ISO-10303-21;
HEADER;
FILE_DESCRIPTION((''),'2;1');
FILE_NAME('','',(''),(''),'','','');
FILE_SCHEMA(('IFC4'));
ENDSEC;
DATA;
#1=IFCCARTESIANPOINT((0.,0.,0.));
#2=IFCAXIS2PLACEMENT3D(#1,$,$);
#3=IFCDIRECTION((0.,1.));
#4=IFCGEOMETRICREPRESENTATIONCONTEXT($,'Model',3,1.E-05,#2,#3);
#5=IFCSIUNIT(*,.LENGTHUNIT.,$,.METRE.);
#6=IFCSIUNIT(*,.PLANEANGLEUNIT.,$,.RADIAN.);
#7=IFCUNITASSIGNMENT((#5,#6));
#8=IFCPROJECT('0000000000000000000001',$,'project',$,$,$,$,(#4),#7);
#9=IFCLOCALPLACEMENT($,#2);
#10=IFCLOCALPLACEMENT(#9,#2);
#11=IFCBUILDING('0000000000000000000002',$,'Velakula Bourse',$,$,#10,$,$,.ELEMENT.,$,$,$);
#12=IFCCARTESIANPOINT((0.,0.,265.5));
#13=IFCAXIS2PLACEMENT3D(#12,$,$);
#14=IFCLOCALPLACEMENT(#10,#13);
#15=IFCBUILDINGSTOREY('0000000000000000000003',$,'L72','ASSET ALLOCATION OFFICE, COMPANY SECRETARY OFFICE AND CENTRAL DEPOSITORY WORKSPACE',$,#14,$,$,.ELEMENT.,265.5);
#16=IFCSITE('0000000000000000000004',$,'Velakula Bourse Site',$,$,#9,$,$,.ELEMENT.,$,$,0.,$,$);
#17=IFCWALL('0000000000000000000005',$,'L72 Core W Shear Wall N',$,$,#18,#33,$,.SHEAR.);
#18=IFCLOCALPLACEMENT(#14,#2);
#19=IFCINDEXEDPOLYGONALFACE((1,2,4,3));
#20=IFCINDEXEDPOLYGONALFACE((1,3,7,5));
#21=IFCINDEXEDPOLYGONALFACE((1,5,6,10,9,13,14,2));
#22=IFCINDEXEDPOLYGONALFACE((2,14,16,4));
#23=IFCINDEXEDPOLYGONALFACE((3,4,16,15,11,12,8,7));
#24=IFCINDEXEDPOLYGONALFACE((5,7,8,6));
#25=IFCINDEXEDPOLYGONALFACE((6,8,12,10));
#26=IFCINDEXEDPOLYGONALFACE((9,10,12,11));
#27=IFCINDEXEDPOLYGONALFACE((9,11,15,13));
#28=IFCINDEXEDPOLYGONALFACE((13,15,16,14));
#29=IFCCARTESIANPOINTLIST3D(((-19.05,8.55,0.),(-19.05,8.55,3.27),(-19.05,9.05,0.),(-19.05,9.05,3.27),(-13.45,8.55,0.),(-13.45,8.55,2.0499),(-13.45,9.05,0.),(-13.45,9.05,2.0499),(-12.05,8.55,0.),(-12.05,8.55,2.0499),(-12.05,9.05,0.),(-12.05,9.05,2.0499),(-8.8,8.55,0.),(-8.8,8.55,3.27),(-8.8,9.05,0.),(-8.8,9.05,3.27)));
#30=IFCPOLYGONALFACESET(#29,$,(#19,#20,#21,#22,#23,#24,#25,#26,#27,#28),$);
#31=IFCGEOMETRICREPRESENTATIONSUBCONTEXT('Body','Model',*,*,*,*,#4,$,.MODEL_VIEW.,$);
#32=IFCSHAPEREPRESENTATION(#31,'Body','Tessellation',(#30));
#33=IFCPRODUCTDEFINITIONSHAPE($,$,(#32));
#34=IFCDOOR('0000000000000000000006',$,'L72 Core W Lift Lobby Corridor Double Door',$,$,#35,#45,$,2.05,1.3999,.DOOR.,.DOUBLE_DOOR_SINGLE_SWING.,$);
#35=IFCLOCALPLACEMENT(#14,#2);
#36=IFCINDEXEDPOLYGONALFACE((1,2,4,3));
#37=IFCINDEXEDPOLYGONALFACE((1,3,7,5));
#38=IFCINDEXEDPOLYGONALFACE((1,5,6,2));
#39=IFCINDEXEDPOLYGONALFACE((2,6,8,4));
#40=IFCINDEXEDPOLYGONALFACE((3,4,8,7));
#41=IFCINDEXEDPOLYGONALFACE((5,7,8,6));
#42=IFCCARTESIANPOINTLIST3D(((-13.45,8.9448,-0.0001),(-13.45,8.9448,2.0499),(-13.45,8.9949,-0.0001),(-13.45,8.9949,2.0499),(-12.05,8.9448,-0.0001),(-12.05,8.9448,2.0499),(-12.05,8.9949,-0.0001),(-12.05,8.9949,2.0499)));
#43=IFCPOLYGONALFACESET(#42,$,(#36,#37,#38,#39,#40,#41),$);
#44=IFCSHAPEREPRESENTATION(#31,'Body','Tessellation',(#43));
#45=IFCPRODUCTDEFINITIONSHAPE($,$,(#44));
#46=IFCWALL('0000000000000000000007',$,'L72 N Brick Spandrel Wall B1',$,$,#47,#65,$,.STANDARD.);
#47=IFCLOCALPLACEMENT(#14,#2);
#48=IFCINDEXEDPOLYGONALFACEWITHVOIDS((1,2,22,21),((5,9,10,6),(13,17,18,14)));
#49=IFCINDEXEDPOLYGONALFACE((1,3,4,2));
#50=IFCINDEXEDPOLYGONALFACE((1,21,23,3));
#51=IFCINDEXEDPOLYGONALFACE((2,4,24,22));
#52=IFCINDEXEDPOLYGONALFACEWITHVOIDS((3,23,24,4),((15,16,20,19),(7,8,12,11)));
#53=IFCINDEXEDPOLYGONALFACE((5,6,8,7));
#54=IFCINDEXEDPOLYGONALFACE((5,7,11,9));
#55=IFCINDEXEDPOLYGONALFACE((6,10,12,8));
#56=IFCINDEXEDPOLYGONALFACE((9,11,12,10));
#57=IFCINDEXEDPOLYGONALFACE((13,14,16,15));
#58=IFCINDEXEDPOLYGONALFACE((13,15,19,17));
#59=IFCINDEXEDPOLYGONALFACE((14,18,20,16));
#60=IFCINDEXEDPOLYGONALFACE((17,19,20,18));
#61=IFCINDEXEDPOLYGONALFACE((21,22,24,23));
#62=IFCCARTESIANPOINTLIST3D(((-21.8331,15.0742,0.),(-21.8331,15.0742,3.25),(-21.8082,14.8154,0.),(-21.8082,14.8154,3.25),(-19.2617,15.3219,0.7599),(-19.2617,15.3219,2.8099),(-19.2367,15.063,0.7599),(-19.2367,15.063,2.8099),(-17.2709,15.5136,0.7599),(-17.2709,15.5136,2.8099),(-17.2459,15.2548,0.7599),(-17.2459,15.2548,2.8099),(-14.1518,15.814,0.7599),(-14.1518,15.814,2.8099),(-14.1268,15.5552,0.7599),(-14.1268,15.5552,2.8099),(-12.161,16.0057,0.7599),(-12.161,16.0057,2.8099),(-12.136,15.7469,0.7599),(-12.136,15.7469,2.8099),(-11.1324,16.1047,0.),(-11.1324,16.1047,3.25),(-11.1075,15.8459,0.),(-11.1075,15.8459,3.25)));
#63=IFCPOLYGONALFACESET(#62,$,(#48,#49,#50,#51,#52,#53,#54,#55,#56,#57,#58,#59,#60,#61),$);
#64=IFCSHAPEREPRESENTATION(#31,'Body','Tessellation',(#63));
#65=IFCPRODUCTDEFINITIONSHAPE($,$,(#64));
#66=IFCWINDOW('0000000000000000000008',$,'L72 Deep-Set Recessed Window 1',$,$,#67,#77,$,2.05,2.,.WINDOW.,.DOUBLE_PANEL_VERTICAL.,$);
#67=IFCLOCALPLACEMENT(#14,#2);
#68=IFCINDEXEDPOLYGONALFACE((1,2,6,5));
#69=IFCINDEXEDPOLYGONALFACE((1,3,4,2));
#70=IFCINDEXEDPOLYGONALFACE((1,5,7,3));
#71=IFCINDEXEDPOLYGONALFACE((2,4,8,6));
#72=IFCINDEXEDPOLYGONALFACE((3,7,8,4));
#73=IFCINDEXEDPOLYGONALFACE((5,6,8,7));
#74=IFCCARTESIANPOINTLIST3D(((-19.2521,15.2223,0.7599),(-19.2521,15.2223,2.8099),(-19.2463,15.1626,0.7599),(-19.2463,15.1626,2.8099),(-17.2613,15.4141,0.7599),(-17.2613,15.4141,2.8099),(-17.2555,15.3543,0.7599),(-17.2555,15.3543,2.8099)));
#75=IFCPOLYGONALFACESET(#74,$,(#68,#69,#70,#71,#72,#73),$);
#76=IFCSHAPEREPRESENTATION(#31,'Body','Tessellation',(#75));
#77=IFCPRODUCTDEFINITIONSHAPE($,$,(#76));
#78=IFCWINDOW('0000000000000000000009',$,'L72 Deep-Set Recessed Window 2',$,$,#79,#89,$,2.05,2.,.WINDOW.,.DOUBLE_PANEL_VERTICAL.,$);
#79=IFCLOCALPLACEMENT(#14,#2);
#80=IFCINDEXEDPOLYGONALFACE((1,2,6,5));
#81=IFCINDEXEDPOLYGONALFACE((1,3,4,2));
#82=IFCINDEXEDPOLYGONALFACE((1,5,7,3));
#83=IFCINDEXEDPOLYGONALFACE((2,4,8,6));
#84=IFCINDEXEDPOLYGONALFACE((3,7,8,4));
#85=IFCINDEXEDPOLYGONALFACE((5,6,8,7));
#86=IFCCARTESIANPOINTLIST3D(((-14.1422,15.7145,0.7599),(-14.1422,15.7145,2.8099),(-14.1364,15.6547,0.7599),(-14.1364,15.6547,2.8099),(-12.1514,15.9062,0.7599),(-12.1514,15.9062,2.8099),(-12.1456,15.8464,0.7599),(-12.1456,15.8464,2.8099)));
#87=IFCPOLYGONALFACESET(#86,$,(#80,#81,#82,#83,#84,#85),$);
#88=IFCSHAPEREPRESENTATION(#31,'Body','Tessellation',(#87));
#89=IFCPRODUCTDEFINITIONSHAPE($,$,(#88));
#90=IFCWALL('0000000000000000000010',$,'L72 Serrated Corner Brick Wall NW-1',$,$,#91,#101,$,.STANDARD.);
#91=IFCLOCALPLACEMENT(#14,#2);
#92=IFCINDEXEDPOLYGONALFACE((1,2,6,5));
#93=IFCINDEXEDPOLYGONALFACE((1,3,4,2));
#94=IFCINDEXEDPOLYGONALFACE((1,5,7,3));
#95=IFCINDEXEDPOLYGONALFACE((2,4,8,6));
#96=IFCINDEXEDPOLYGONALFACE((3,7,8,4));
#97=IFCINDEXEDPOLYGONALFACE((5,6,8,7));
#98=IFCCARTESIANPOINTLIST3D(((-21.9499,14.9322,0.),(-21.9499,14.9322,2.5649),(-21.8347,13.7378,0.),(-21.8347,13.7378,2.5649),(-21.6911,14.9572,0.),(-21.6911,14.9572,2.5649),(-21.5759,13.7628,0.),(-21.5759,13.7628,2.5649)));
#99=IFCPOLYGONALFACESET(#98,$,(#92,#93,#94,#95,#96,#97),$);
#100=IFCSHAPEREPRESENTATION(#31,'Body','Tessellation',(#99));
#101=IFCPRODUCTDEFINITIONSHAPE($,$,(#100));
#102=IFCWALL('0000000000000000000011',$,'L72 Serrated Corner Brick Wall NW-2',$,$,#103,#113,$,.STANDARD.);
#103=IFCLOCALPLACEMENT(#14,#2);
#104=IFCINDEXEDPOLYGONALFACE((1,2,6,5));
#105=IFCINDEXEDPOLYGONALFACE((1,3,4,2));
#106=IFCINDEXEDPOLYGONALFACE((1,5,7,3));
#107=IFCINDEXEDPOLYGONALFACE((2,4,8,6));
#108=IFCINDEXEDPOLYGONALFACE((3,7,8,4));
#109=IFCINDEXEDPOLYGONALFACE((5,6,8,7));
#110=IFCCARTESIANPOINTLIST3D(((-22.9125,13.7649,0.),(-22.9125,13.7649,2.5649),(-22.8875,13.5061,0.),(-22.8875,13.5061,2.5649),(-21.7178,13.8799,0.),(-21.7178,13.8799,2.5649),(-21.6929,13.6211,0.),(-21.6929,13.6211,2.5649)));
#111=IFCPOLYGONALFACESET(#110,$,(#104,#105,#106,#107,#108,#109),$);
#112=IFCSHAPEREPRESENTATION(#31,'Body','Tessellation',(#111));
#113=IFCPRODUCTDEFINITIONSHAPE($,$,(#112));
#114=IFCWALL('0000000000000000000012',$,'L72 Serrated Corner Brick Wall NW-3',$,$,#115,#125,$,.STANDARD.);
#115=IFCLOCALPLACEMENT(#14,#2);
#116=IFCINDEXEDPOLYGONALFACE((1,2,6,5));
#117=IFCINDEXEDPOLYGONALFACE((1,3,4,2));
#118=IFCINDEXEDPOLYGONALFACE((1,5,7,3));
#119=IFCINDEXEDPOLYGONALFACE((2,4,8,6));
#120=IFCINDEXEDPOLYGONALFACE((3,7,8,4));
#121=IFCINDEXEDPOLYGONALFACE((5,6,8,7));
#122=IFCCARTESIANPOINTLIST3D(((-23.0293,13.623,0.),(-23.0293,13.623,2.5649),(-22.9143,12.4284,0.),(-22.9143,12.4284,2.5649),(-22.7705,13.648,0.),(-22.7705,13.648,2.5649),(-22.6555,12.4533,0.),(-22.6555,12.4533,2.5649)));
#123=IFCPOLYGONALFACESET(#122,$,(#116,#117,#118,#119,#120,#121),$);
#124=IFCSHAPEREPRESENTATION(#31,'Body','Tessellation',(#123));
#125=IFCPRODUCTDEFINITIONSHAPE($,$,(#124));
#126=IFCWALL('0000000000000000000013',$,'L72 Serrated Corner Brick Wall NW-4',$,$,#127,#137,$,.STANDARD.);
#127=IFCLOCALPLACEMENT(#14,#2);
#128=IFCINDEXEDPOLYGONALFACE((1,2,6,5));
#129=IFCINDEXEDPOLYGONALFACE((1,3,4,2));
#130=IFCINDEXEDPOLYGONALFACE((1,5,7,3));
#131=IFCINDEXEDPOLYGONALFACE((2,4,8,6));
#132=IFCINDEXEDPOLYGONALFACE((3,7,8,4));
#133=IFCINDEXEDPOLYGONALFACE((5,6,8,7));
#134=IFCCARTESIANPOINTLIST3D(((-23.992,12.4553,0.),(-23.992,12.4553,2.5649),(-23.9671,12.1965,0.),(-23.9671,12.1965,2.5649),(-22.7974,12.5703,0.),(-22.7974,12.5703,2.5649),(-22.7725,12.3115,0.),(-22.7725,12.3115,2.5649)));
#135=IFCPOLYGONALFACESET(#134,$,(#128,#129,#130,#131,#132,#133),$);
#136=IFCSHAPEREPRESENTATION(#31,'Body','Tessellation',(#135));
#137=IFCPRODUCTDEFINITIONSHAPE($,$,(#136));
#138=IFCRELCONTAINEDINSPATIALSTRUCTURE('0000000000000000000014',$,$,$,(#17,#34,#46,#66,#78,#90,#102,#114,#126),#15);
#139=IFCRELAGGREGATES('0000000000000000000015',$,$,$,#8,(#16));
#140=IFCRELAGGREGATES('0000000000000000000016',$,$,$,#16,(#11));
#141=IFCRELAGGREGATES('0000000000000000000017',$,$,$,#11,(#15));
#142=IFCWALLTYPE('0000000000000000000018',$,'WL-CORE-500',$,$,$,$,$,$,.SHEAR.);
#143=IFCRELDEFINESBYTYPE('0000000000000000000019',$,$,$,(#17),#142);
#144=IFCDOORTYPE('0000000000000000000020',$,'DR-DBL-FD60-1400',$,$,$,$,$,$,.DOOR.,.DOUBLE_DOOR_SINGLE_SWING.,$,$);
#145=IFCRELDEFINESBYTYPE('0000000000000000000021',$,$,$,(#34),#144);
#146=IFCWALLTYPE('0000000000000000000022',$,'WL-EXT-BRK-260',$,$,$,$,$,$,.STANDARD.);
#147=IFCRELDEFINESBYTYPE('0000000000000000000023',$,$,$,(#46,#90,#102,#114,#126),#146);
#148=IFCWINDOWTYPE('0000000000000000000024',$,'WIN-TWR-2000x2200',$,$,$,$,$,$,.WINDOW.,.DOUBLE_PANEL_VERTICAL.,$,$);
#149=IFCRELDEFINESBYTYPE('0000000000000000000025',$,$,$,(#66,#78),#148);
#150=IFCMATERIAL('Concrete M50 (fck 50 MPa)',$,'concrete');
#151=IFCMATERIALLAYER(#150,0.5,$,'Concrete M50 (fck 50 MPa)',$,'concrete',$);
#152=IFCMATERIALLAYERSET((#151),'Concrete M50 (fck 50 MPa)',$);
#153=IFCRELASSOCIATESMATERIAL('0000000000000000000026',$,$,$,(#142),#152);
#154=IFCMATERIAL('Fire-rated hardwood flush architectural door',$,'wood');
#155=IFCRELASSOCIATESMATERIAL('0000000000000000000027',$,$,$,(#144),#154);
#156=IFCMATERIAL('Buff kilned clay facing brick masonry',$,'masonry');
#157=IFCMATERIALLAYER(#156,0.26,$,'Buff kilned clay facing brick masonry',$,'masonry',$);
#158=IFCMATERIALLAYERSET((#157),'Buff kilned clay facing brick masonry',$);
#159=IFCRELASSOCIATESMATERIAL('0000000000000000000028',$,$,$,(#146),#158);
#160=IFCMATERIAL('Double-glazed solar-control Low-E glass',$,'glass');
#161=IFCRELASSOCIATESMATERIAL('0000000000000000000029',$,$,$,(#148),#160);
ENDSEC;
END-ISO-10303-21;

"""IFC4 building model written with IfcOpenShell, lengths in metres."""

from ifc_helpers import new_model, si_unit, direction, frame, frame_2d, origin, place, context, subcontext, project, spatial, rectangle, extrude, material, layer, layer_set, type_object, element, fill, save


model = new_model("IFC4")

# Units and contexts
model_context = context("Model", 3, precision=1e-05, world=origin(), true_north=direction((0.0, 1.0)))
body_context = subcontext(model_context, "Body", "Model", "MODEL_VIEW")
ifc_project = project(units=[si_unit("LENGTHUNIT", "METRE"), si_unit("PLANEANGLEUNIT", "RADIAN")], contexts=[model_context])

# Site, building, storey
site_placement = place(None, origin())
site = spatial("IfcSite", under=ifc_project, at=site_placement, Name="Velakula Bourse Site", CompositionType="ELEMENT", RefElevation=0.0)
building_placement = place(site_placement, origin())
building = spatial("IfcBuilding", under=site, at=building_placement, Name="Velakula Bourse", CompositionType="ELEMENT")
storey_placement = place(building_placement, frame((0.0, 0.0, 265.5)))
storey = spatial("IfcBuildingStorey", under=building, at=storey_placement, Name="L72", Description="ASSET ALLOCATION OFFICE, COMPANY SECRETARY OFFICE AND CENTRAL DEPOSITORY WORKSPACE", CompositionType="ELEMENT", Elevation=265.5)

# Wall, opening, door
ifc_material_1 = material(Name="Concrete M50 (fck 50 MPa)", Category="concrete")
ifc_layer_1 = layer(ifc_material_1, 0.5, Name="Concrete M50 (fck 50 MPa)", Category="concrete")
ifc_layer_set_1 = layer_set([ifc_layer_1], Name="Concrete M50 (fck 50 MPa)")
wall_type_1 = type_object("IfcWallType", Name="WL-CORE-500", PredefinedType="SHEAR", material=ifc_layer_set_1)
wall_1_placement = place(storey_placement, frame((-19.05, 8.8, 0.0), z_axis=(0.0, 0.0, 1.0), x_axis=(1.0, 0.0, 0.0)))
wall_1 = element("IfcWall", 1, at=wall_1_placement, inside=storey, type_object=wall_type_1, Name="L72 Core W Shear Wall N", PredefinedType="SHEAR", context=body_context, shape_type="SweptSolid", body=[
    extrude(rectangle(XDim=10.25, YDim=0.5, at=frame_2d((5.125, 0.0))), origin(), (0.0, 0.0, 1.0), 3.27),
])
opening_1_placement = place(wall_1_placement, frame((5.6001, 0.0, 0.0)))
opening_1 = element("IfcOpeningElement", 2, at=opening_1_placement, cuts=wall_1, PredefinedType="OPENING", context=body_context, shape_type="SweptSolid", body=[
    extrude(rectangle(XDim=1.3999, YDim=2.05, at=frame_2d((0.7, 1.0249))), frame((0.0, 0.26, 0.0), z_axis=(0.0, -1.0, 0.0), x_axis=(1.0, 0.0, 0.0)), (0.0, 0.0, 1.0), 0.52),
])
ifc_material_2 = material(Name="Fire-rated hardwood flush architectural door", Category="wood")
door_type_1 = type_object("IfcDoorType", Name="DR-DBL-FD60-1400", OperationType="DOUBLE_DOOR_SINGLE_SWING", PredefinedType="DOOR", material=ifc_material_2)
door_1_placement = place(opening_1_placement, origin())
door_1 = element("IfcDoor", 3, at=door_1_placement, inside=storey, type_object=door_type_1, Name="L72 Core W Lift Lobby Corridor Double Door", OperationType="DOUBLE_DOOR_SINGLE_SWING", OverallHeight=2.05, OverallWidth=1.3999, PredefinedType="DOOR", context=body_context, shape_type="SweptSolid", body=[
    extrude(rectangle(XDim=1.3999, YDim=2.05, at=frame_2d((0.7, 1.0249))), frame((0.0, 0.1948, 0.0), z_axis=(0.0, -1.0, 0.0), x_axis=(1.0, 0.0, 0.0)), (0.0, 0.0, 1.0), 0.05),
])
fill(opening_1, door_1)

# Wall, openings, windows
ifc_material_3 = material(Name="Buff kilned clay facing brick masonry", Category="masonry")
ifc_layer_2 = layer(ifc_material_3, 0.26, Name="Buff kilned clay facing brick masonry", Category="masonry")
ifc_layer_set_2 = layer_set([ifc_layer_2], Name="Buff kilned clay facing brick masonry")
wall_type_2 = type_object("IfcWallType", Name="WL-EXT-BRK-260", PredefinedType="STANDARD", material=ifc_layer_set_2)
wall_2_placement = place(storey_placement, frame((-21.8206, 14.9448, 0.0), z_axis=(0.0, 0.0, 1.0), x_axis=(0.995395, 0.09586, 0.0)))
wall_2 = element("IfcWall", 4, at=wall_2_placement, inside=storey, type_object=wall_type_2, Name="L72 N Brick Spandrel Wall B1", PredefinedType="STANDARD", context=body_context, shape_type="SweptSolid", body=[
    extrude(rectangle(XDim=10.7502, YDim=0.26, at=frame_2d((5.375, 0.0))), origin(), (0.0, 0.0, 1.0), 3.25),
])
opening_2_placement = place(wall_2_placement, frame((2.5833, 0.0, 0.76)))
opening_2 = element("IfcOpeningElement", 5, at=opening_2_placement, cuts=wall_2, PredefinedType="OPENING", context=body_context, shape_type="SweptSolid", body=[
    extrude(rectangle(XDim=2.0, YDim=2.05, at=frame_2d((1.0, 1.0249))), frame((0.0, 0.1399, 0.0), z_axis=(0.0, -1.0, 0.0), x_axis=(1.0, 0.0, 0.0)), (0.0, 0.0, 1.0), 0.28),
])
opening_3_placement = place(wall_2_placement, frame((7.7168, 0.0, 0.76)))
opening_3 = element("IfcOpeningElement", 6, at=opening_3_placement, cuts=wall_2, PredefinedType="OPENING", context=body_context, shape_type="SweptSolid", body=[
    extrude(rectangle(XDim=2.0, YDim=2.05, at=frame_2d((1.0, 1.0249))), frame((0.0, 0.1399, 0.0), z_axis=(0.0, -1.0, 0.0), x_axis=(1.0, 0.0, 0.0)), (0.0, 0.0, 1.0), 0.28),
])
ifc_material_4 = material(Name="Double-glazed solar-control Low-E glass", Category="glass")
window_type = type_object("IfcWindowType", Name="WIN-TWR-2000x2200", PartitioningType="DOUBLE_PANEL_VERTICAL", PredefinedType="WINDOW", material=ifc_material_4)
window_1_placement = place(opening_2_placement, origin())
window_1 = element("IfcWindow", 7, at=window_1_placement, inside=storey, type_object=window_type, Name="L72 Deep-Set Recessed Window 1", OverallHeight=2.05, OverallWidth=2.0, PartitioningType="DOUBLE_PANEL_VERTICAL", PredefinedType="WINDOW", context=body_context, shape_type="SweptSolid", body=[
    extrude(rectangle(XDim=2.0, YDim=2.05, at=frame_2d((1.0, 1.0249))), frame((0.0, 0.03, 0.0), z_axis=(0.0, -1.0, 0.0), x_axis=(1.0, 0.0, 0.0)), (0.0, 0.0, 1.0), 0.0601),
])
fill(opening_2, window_1)
window_2_placement = place(opening_3_placement, origin())
window_2 = element("IfcWindow", 8, at=window_2_placement, inside=storey, type_object=window_type, Name="L72 Deep-Set Recessed Window 2", OverallHeight=2.05, OverallWidth=2.0, PartitioningType="DOUBLE_PANEL_VERTICAL", PredefinedType="WINDOW", context=body_context, shape_type="SweptSolid", body=[
    extrude(rectangle(XDim=2.0, YDim=2.05, at=frame_2d((1.0, 1.0249))), frame((0.0, 0.03, 0.0), z_axis=(0.0, -1.0, 0.0), x_axis=(1.0, 0.0, 0.0)), (0.0, 0.0, 1.0), 0.0601),
])
fill(opening_3, window_2)

# Walls
wall_3_placement = place(storey_placement, frame((-21.8206, 14.9448, 0.0), z_axis=(0.0, 0.0, 1.0), x_axis=(0.096038, -0.995378, 0.0)))
element("IfcWall", 9, at=wall_3_placement, inside=storey, type_object=wall_type_2, Name="L72 Serrated Corner Brick Wall NW-1", PredefinedType="STANDARD", context=body_context, shape_type="SweptSolid", body=[
    extrude(rectangle(XDim=1.2, YDim=0.26, at=frame_2d((0.6001, 0.0))), origin(), (0.0, 0.0, 1.0), 2.5649),
])
for number, where, z_axis, x_axis, name in (
    (10, (-21.7053, 13.7505, 0.0), (0.0, 0.0, 1.0), (-0.995399, -0.095817, 0.0), "L72 Serrated Corner Brick Wall NW-2"),
    (11, (-22.8999, 13.6355, 0.0), (0.0, 0.0, 1.0), (0.095817, -0.995399, 0.0), "L72 Serrated Corner Brick Wall NW-3"),
    (12, (-22.7849, 12.4409, 0.0), (0.0, 0.0, 1.0), (-0.995399, -0.095817, 0.0), "L72 Serrated Corner Brick Wall NW-4"),
):
    element("IfcWall", number, at=place(storey_placement, frame(where, z_axis=z_axis, x_axis=x_axis)), inside=storey, type_object=wall_type_2, Name=name, PredefinedType="STANDARD", context=body_context, shape_type="SweptSolid", body=[
        extrude(rectangle(XDim=1.2002, YDim=0.26, at=frame_2d((0.6001, 0.0))), origin(), (0.0, 0.0, 1.0), 2.5649),
    ])

save(model, "model.ifc")
